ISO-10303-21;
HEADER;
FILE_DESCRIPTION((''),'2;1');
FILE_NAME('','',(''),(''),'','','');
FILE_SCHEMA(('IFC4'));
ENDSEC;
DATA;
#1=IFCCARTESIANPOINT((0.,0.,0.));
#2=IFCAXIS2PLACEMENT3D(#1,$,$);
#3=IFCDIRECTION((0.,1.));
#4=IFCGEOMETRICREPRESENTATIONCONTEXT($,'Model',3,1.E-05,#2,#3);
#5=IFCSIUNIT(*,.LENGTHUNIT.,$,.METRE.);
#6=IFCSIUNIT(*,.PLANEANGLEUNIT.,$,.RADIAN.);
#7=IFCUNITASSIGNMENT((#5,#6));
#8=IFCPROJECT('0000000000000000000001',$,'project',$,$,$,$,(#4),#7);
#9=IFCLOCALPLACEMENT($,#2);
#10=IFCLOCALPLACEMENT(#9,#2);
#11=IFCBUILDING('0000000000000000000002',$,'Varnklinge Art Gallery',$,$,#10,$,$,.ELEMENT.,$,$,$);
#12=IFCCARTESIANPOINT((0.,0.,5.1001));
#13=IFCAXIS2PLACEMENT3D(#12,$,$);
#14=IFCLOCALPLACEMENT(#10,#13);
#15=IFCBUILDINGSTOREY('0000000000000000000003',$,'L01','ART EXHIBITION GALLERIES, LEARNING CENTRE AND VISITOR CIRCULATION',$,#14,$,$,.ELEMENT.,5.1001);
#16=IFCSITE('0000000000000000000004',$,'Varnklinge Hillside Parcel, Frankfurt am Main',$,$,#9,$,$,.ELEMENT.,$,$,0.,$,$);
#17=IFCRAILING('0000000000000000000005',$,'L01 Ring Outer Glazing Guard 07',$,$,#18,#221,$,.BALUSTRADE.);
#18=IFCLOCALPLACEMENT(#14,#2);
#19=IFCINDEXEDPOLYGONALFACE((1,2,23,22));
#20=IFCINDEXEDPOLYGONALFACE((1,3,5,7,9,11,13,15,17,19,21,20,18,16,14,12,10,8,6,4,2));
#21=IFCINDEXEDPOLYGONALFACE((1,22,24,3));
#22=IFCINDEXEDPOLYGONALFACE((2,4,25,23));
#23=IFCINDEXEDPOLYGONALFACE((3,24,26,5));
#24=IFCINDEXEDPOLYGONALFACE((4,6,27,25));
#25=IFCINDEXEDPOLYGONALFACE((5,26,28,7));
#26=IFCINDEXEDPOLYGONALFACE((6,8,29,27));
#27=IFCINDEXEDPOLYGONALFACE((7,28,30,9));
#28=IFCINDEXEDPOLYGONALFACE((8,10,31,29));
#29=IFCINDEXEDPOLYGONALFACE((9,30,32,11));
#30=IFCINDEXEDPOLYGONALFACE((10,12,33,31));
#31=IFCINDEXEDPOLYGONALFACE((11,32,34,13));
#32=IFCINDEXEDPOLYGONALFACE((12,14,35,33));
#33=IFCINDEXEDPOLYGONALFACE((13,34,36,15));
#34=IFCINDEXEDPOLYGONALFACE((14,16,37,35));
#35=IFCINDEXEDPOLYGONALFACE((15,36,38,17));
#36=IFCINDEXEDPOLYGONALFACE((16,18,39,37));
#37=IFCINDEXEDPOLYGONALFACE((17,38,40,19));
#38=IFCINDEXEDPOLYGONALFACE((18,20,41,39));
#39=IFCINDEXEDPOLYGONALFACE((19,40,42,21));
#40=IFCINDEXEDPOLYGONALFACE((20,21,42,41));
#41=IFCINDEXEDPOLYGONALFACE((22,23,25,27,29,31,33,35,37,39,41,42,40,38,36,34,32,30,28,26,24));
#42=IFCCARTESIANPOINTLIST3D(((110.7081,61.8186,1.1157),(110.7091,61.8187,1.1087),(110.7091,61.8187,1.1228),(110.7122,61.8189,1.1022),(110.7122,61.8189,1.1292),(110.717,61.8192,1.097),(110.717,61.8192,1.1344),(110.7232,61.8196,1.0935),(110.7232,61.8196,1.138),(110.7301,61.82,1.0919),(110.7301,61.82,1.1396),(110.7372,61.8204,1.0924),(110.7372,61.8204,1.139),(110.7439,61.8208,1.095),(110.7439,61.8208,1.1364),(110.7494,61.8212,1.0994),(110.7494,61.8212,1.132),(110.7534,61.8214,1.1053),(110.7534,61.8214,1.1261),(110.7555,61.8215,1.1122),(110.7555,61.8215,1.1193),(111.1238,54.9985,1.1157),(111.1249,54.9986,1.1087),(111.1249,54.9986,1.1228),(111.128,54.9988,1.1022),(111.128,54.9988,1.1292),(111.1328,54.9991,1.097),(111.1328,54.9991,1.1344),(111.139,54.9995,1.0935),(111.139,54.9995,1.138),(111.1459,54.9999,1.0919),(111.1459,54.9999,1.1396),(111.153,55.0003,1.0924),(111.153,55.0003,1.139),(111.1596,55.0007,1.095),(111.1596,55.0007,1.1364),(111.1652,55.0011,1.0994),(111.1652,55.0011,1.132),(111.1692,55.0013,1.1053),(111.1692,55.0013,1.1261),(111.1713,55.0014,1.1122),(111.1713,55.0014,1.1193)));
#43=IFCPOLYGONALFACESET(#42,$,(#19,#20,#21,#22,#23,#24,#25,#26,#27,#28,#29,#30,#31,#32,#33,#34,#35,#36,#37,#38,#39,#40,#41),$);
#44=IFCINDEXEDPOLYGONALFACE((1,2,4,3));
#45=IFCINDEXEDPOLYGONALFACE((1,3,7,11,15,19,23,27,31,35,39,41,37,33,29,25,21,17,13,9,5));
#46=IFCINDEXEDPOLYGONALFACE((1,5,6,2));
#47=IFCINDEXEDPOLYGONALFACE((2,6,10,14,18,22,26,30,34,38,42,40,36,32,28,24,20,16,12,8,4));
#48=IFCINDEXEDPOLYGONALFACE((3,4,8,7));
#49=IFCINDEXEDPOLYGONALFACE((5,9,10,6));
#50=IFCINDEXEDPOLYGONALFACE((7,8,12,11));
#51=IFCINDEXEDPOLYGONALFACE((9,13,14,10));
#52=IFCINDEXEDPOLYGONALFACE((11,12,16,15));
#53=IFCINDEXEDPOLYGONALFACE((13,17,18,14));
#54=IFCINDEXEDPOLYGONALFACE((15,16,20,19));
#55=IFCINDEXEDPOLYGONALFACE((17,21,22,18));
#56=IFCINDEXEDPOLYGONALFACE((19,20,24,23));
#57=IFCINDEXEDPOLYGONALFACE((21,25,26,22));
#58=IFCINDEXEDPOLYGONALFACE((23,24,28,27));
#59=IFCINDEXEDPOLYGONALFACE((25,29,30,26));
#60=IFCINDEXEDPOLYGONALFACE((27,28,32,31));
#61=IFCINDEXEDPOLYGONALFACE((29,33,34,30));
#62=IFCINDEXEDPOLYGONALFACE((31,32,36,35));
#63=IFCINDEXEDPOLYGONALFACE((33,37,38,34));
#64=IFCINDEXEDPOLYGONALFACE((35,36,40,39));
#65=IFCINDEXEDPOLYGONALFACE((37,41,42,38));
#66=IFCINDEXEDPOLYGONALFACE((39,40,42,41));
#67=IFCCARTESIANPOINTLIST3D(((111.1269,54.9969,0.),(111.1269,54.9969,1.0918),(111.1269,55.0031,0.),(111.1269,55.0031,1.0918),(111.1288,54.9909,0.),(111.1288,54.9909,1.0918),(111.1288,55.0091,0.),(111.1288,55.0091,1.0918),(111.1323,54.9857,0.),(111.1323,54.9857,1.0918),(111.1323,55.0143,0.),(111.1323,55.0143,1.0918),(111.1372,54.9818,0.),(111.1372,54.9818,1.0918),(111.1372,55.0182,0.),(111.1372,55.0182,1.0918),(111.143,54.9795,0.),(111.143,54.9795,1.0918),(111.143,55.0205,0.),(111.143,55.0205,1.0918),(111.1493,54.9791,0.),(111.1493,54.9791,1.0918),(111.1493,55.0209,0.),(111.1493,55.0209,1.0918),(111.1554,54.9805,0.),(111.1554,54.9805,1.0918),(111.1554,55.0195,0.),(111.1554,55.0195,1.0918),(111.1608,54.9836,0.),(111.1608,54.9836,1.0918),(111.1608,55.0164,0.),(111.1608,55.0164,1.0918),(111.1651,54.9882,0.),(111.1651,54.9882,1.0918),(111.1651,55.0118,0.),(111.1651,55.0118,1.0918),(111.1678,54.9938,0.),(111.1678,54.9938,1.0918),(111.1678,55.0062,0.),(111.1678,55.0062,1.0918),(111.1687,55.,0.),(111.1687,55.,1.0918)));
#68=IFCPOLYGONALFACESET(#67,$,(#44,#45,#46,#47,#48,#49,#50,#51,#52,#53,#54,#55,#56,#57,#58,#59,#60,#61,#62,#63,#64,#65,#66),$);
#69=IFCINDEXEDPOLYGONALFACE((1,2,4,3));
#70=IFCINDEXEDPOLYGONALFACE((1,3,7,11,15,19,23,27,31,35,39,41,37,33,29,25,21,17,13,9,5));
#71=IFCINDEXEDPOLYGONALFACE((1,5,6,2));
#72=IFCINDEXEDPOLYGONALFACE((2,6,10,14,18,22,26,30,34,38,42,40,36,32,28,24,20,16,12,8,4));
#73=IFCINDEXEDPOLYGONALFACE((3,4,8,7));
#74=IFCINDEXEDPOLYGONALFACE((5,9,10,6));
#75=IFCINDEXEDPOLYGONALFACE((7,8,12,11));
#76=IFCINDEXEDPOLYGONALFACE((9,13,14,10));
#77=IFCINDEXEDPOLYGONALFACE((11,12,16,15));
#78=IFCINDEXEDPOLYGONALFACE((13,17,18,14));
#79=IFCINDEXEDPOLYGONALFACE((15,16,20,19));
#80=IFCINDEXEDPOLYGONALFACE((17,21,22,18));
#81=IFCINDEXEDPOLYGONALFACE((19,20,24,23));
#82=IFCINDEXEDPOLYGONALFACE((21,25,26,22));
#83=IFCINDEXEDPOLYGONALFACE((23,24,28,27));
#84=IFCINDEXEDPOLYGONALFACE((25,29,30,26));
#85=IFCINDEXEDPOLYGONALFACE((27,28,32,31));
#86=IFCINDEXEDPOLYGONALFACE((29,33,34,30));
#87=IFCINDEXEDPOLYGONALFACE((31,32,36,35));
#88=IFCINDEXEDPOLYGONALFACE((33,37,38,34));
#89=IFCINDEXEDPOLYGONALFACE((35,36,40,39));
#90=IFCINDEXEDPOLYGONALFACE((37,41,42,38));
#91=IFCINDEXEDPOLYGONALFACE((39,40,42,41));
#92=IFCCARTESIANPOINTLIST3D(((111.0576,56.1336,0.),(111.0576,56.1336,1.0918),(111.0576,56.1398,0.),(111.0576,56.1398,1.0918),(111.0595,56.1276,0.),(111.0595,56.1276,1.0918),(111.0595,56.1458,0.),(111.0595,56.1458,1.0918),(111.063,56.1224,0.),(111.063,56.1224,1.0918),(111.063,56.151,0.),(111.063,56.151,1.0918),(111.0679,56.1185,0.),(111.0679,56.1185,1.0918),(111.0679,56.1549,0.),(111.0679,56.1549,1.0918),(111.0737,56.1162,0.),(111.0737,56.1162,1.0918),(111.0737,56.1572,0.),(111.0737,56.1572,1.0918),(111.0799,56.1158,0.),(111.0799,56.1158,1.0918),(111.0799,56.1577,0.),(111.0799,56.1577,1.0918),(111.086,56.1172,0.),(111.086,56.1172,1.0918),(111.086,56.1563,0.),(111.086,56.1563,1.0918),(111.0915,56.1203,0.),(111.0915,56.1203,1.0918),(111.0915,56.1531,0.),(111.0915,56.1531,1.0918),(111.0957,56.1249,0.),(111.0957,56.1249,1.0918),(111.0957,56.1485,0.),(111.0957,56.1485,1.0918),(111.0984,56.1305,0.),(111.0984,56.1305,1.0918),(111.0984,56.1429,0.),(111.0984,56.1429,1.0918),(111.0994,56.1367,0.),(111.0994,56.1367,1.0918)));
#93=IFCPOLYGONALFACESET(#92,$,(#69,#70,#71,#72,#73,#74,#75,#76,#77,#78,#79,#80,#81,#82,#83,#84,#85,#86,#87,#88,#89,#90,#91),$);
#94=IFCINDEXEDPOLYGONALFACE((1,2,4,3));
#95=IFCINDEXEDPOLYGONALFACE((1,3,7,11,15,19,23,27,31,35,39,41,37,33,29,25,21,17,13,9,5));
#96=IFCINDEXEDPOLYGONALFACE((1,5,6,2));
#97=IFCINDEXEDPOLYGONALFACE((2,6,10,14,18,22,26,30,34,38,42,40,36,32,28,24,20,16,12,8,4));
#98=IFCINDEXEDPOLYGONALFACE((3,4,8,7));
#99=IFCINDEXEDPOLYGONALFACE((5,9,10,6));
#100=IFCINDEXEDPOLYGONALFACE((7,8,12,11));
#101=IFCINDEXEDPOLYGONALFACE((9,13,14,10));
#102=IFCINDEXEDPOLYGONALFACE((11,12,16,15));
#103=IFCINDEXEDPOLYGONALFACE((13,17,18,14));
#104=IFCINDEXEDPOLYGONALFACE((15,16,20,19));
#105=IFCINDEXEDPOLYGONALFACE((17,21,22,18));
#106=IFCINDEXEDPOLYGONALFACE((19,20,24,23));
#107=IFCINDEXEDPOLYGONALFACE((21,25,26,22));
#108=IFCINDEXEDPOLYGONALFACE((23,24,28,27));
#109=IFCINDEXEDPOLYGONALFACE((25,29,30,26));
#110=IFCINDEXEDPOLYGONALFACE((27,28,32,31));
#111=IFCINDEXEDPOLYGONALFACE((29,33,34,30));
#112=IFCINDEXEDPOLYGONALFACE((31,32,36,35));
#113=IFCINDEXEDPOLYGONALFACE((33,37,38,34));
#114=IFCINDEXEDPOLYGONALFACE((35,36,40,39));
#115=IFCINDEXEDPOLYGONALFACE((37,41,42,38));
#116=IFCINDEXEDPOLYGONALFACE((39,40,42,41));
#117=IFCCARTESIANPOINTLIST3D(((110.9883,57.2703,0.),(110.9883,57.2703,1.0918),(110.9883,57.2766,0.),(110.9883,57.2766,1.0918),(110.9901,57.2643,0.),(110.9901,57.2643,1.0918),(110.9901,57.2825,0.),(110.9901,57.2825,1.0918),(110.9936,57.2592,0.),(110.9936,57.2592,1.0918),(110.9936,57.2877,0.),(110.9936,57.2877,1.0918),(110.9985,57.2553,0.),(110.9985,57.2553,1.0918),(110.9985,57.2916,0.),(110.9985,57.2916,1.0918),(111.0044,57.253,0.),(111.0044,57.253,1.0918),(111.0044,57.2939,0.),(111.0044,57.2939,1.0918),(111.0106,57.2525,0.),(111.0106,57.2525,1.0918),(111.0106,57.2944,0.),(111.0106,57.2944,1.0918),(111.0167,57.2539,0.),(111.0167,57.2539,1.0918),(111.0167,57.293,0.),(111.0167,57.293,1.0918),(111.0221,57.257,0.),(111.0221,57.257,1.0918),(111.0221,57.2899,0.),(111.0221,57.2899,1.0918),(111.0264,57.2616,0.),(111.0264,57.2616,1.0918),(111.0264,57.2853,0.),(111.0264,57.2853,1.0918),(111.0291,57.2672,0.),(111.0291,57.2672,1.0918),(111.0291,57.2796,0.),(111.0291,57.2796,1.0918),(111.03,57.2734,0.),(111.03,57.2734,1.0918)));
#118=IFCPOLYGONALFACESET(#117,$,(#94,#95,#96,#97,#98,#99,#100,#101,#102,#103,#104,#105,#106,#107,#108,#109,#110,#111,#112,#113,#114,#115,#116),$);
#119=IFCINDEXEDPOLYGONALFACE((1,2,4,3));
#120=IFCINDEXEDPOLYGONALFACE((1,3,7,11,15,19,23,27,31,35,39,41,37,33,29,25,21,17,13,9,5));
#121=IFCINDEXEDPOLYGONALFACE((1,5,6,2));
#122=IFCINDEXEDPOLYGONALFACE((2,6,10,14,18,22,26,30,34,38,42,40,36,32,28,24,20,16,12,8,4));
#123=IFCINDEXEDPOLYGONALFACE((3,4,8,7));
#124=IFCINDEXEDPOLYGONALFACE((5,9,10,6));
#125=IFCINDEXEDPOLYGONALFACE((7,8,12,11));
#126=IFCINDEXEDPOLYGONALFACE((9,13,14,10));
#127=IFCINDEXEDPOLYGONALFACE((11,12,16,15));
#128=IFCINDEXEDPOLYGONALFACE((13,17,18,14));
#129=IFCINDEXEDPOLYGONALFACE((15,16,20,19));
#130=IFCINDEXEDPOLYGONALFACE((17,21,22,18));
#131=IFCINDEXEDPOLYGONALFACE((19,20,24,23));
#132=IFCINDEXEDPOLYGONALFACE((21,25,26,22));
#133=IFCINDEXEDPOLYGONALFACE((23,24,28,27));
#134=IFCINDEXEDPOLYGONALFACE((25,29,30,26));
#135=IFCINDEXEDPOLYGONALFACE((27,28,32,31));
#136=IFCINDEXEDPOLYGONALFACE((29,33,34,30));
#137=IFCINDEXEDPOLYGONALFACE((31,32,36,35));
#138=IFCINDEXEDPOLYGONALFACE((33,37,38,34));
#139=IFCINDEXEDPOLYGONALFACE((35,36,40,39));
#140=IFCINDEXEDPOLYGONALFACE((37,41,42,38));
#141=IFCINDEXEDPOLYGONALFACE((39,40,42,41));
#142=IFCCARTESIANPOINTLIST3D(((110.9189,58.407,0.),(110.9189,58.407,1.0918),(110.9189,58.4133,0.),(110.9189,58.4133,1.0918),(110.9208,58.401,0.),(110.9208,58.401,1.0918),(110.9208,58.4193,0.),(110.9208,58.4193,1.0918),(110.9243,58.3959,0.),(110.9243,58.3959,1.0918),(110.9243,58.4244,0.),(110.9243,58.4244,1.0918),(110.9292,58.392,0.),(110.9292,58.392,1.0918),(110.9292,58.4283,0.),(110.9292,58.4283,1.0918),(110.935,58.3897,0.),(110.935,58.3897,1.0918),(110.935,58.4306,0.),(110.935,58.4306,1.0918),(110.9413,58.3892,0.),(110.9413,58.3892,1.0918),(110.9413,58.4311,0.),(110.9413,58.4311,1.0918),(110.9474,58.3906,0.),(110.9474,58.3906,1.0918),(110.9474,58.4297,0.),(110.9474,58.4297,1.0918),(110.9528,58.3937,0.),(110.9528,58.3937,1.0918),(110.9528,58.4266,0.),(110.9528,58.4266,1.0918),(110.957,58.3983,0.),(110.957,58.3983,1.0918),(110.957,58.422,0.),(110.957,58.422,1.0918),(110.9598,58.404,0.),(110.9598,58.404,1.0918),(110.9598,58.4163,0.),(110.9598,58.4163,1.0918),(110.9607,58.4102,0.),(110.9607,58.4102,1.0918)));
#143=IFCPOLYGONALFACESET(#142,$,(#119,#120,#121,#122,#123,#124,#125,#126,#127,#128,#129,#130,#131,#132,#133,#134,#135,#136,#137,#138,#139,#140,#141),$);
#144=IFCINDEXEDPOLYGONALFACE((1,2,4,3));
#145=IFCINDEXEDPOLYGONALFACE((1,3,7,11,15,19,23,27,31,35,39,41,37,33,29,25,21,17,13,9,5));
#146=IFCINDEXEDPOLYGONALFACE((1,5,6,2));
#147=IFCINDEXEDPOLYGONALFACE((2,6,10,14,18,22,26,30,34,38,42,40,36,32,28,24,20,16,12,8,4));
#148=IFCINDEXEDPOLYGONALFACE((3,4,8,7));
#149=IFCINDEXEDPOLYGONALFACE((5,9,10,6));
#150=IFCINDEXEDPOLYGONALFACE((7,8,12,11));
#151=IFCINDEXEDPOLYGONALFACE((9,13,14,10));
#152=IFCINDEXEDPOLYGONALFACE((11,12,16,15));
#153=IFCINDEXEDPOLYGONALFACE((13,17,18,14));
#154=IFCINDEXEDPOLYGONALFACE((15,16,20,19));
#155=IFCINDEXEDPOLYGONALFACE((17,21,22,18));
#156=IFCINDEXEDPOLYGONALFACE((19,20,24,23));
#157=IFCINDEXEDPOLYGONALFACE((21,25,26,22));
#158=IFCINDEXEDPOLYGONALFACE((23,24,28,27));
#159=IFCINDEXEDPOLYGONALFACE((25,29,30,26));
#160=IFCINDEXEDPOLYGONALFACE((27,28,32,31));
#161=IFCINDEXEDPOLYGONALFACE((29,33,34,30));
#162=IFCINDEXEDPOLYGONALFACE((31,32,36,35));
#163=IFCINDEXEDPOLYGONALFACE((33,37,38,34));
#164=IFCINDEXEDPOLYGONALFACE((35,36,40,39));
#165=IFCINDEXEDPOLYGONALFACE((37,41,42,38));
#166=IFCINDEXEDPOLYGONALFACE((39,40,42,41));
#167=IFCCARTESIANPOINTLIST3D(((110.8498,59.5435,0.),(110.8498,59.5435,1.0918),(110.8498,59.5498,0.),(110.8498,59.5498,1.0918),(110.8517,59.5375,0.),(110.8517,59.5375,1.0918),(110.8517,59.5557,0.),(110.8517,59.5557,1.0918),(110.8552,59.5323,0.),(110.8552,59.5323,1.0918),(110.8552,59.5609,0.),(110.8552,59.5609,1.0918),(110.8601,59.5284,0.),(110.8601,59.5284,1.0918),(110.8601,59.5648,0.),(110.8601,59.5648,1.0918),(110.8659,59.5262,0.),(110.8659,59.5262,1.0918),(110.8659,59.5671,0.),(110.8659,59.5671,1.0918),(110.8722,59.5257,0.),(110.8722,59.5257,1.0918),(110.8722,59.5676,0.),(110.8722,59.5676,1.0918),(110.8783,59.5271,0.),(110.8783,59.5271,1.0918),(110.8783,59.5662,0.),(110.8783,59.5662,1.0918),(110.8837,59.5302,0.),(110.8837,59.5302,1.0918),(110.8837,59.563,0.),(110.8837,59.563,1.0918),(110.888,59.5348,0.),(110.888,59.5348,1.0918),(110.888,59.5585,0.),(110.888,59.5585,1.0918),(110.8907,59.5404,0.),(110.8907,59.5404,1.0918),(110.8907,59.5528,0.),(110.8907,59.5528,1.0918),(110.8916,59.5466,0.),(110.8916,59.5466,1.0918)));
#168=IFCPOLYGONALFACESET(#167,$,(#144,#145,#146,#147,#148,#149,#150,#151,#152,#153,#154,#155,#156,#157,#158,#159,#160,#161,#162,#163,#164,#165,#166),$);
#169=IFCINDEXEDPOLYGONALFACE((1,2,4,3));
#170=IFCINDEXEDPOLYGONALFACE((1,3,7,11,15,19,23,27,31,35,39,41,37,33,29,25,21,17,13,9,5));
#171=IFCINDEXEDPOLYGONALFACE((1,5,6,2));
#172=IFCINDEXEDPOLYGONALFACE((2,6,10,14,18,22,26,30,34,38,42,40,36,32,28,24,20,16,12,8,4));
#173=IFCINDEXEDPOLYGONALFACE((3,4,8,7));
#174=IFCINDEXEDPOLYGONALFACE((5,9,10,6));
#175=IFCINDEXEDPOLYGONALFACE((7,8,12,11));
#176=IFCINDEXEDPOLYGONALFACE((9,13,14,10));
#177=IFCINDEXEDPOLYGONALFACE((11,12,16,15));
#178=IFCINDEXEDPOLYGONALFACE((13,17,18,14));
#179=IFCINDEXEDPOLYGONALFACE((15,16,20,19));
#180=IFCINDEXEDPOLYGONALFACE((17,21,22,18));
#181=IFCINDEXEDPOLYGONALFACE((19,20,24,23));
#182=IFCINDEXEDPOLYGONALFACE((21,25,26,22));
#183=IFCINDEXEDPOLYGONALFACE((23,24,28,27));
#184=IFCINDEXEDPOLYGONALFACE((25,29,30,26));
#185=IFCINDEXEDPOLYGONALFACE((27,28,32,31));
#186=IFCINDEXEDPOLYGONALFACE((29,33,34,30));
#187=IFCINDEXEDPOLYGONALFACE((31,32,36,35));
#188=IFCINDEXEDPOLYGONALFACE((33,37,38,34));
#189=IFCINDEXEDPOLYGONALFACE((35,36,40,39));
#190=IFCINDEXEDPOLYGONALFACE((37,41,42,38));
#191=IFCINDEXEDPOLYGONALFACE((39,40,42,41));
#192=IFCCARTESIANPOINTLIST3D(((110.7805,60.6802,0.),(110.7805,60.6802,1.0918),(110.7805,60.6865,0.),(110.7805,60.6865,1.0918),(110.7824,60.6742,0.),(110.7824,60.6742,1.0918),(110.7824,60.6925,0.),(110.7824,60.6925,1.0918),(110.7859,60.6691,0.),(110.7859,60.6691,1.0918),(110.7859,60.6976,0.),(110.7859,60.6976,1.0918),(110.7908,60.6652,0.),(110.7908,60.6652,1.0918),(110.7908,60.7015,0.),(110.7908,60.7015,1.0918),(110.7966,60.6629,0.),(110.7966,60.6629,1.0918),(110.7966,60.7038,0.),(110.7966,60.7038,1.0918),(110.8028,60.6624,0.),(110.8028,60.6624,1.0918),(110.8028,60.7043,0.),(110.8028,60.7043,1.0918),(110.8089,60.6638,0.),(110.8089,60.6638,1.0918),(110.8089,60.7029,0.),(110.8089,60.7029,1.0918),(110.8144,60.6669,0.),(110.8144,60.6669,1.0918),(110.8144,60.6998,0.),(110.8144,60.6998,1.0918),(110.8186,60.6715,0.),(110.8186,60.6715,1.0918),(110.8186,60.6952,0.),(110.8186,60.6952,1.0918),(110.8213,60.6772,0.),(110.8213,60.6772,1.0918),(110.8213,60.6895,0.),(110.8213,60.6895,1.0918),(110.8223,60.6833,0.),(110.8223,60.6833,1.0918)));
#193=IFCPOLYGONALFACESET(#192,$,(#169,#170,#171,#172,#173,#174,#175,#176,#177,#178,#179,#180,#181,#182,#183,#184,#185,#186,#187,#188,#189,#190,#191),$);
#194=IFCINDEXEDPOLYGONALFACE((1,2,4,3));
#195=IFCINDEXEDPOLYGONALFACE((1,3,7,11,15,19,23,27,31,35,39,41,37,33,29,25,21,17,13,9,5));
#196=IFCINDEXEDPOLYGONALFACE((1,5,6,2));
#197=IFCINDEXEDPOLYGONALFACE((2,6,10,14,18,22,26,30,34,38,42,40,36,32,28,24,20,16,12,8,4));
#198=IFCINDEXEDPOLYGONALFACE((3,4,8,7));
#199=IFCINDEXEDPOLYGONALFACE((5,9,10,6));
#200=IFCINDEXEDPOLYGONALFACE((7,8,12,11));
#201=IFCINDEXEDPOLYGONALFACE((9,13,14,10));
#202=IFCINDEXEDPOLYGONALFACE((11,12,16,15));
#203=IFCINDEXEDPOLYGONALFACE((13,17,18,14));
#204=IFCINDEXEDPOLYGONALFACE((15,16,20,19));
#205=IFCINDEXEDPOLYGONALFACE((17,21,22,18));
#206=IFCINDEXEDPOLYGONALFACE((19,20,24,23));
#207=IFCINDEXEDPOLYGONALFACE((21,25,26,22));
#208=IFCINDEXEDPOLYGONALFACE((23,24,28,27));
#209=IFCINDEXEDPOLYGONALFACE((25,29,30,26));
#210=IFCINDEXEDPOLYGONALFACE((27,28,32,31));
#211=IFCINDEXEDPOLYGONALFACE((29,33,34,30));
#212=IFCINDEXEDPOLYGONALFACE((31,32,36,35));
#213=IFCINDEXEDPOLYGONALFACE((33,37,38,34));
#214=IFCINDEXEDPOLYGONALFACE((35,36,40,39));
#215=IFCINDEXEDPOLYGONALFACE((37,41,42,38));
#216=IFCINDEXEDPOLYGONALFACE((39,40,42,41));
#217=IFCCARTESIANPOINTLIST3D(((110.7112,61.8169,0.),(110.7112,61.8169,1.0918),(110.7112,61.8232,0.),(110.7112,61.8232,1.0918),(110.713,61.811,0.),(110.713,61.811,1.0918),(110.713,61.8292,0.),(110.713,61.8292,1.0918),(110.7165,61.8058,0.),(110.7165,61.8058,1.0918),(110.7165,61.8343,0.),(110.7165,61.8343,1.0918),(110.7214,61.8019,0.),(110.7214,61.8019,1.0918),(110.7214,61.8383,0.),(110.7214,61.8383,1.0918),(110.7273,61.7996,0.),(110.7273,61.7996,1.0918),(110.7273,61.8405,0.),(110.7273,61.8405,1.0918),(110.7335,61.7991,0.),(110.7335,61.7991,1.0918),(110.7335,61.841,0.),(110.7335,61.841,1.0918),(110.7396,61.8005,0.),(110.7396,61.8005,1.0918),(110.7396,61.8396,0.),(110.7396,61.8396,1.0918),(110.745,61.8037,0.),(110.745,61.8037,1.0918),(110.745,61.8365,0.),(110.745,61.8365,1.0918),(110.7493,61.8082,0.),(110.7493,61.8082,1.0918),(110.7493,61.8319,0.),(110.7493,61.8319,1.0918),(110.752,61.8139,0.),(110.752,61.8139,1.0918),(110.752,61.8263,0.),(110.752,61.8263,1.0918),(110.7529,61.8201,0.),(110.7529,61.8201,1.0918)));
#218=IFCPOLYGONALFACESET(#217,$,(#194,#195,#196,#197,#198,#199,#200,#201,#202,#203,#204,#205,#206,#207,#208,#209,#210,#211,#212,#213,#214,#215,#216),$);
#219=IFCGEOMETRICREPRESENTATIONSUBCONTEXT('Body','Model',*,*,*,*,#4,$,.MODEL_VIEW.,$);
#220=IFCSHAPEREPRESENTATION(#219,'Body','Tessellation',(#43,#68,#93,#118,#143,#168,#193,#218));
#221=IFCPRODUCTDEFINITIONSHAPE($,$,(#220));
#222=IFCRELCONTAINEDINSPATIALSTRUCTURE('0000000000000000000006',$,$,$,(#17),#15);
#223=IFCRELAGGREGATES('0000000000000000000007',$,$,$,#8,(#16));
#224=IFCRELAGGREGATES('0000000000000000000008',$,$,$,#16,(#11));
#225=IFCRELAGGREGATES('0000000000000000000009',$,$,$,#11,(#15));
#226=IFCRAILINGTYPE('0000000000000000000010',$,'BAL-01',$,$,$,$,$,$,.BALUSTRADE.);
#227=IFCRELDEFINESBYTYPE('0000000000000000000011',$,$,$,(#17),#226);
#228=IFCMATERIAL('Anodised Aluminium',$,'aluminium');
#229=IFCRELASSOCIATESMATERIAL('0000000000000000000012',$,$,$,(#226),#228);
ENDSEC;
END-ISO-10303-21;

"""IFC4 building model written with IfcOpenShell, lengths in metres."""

from ifc_helpers import new_model, si_unit, direction, frame, origin, origin_2d, place, context, subcontext, project, spatial, circle, extrude, material, type_object, element, save


model = new_model("IFC4")

# Units and contexts
model_context = context("Model", 3, precision=1e-05, world=origin(), true_north=direction((0.0, 1.0)))
body_context = subcontext(model_context, "Body", "Model", "MODEL_VIEW")
ifc_project = project(units=[si_unit("LENGTHUNIT", "METRE"), si_unit("PLANEANGLEUNIT", "RADIAN")], contexts=[model_context])

# Site, building, storey
site_placement = place(None, origin())
site = spatial("IfcSite", under=ifc_project, at=site_placement, Name="Varnklinge Hillside Parcel, Frankfurt am Main", CompositionType="ELEMENT", RefElevation=0.0)
building_placement = place(site_placement, origin())
building = spatial("IfcBuilding", under=site, at=building_placement, Name="Varnklinge Art Gallery", CompositionType="ELEMENT")
storey_placement = place(building_placement, frame((0.0, 0.0, 5.1001)))
storey = spatial("IfcBuildingStorey", under=building, at=storey_placement, Name="L01", Description="ART EXHIBITION GALLERIES, LEARNING CENTRE AND VISITOR CIRCULATION", CompositionType="ELEMENT", Elevation=5.1001)

# Railing
ifc_material_1 = material(Name="Anodised Aluminium", Category="aluminium")
railing_type = type_object("IfcRailingType", Name="BAL-01", PredefinedType="BALUSTRADE", material=ifc_material_1)
railing_1_placement = place(storey_placement, frame((111.1477, 55.0, 0.0)))
element("IfcRailing", 1, at=railing_1_placement, inside=storey, type_object=railing_type, Name="L01 Ring Outer Glazing Guard 07", PredefinedType="BALUSTRADE", context=body_context, shape_type="SweptSolid", body=[
    extrude(circle(Radius=0.0239, at=origin_2d()), frame((0.0, 0.0, 1.1157), z_axis=(-0.06085, 0.998147, 0.0), x_axis=(-0.998147, -0.06085, 0.0)), (0.0, 0.0, 1.0), 6.8328),
    extrude(circle(Radius=0.021, at=origin_2d()), origin(), (0.0, 0.0, 1.0), 1.0918),
    extrude(circle(Radius=0.021, at=origin_2d()), frame((-0.0693, 1.1367, 0.0)), (0.0, 0.0, 1.0), 1.0918),
    extrude(circle(Radius=0.021, at=origin_2d()), frame((-0.1387, 2.2734, 0.0)), (0.0, 0.0, 1.0), 1.0918),
    extrude(circle(Radius=0.021, at=origin_2d()), frame((-0.208, 3.4102, 0.0)), (0.0, 0.0, 1.0), 1.0918),
    extrude(circle(Radius=0.021, at=origin_2d()), frame((-0.2771, 4.5466, 0.0)), (0.0, 0.0, 1.0), 1.0918),
    extrude(circle(Radius=0.021, at=origin_2d()), frame((-0.3464, 5.6833, 0.0)), (0.0, 0.0, 1.0), 1.0918),
    extrude(circle(Radius=0.021, at=origin_2d()), frame((-0.4158, 6.8201, 0.0)), (0.0, 0.0, 1.0), 1.0918),
])

save(model, "model.ifc")
